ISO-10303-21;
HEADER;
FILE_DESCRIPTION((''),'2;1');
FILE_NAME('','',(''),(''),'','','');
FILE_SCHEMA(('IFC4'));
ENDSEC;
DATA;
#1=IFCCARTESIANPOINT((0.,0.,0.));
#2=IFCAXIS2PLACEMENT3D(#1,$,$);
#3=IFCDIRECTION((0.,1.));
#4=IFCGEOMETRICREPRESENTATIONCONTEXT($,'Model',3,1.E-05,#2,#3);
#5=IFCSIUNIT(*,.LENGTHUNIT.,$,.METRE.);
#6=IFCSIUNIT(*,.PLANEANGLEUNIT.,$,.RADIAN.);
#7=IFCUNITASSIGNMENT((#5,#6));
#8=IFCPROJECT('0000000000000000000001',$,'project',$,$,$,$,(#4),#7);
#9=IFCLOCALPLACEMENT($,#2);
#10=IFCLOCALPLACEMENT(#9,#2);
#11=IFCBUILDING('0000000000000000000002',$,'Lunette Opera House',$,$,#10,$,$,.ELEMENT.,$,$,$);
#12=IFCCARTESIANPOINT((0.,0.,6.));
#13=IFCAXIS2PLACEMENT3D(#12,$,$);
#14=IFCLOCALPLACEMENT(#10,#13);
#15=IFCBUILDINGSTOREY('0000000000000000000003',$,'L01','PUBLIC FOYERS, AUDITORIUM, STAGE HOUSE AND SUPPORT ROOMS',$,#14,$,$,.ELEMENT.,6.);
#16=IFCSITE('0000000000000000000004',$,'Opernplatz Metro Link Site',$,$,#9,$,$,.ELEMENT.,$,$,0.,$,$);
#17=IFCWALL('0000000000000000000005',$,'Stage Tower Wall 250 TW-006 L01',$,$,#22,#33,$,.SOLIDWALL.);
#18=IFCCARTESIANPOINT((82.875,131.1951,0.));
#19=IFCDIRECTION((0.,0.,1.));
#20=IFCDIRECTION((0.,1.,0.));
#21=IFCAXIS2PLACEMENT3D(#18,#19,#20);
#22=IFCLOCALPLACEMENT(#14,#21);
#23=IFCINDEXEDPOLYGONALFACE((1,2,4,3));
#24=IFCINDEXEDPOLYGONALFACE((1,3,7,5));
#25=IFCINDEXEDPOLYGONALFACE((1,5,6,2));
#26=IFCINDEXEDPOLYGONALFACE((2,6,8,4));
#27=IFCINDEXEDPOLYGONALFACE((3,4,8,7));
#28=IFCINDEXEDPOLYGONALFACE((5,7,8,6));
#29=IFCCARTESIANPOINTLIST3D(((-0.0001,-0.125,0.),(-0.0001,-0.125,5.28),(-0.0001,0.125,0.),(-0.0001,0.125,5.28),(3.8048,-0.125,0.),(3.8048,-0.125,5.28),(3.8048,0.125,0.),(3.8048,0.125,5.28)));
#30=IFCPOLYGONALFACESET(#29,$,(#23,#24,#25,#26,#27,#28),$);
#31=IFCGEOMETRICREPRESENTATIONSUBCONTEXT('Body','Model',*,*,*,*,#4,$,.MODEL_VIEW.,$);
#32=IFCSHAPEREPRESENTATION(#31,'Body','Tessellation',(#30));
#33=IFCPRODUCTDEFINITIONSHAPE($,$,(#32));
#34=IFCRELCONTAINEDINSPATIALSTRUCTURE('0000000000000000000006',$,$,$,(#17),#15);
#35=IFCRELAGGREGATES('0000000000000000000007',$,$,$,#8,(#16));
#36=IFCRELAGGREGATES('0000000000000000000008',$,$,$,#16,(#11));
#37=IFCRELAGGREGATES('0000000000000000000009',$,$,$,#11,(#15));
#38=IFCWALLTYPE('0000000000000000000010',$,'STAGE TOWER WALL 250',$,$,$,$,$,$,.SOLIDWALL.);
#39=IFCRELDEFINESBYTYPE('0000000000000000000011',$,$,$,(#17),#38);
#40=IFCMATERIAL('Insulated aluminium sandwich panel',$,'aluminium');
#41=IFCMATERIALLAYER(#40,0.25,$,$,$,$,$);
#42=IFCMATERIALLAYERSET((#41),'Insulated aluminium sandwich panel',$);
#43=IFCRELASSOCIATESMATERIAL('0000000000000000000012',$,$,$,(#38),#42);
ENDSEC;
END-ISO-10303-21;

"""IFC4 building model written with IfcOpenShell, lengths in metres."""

from ifc_helpers import new_model, si_unit, direction, frame, frame_2d, origin, place, context, subcontext, project, spatial, rectangle, extrude, material, layer, layer_set, type_object, element, save


model = new_model("IFC4")

# Units and contexts
model_context = context("Model", 3, precision=1e-05, world=origin(), true_north=direction((0.0, 1.0)))
body_context = subcontext(model_context, "Body", "Model", "MODEL_VIEW")
ifc_project = project(units=[si_unit("LENGTHUNIT", "METRE"), si_unit("PLANEANGLEUNIT", "RADIAN")], contexts=[model_context])

# Site, building, storey
site_placement = place(None, origin())
site = spatial("IfcSite", under=ifc_project, at=site_placement, Name="Opernplatz Metro Link Site", CompositionType="ELEMENT", RefElevation=0.0)
building_placement = place(site_placement, origin())
building = spatial("IfcBuilding", under=site, at=building_placement, Name="Lunette Opera House", CompositionType="ELEMENT")
storey_placement = place(building_placement, frame((0.0, 0.0, 6.0)))
storey = spatial("IfcBuildingStorey", under=building, at=storey_placement, Name="L01", Description="PUBLIC FOYERS, AUDITORIUM, STAGE HOUSE AND SUPPORT ROOMS", CompositionType="ELEMENT", Elevation=6.0)

# Shared definitions
ifc_material_1 = material(Name="Insulated aluminium sandwich panel", Category="aluminium")
ifc_layer_1 = layer(ifc_material_1, 0.25)
ifc_layer_set_1 = layer_set([ifc_layer_1], Name="Insulated aluminium sandwich panel")
wall_type_1 = type_object("IfcWallType", Name="STAGE TOWER WALL 250", PredefinedType="SOLIDWALL", material=ifc_layer_set_1)

# Wall
wall_1_placement = place(storey_placement, frame((82.875, 131.1951, 0.0), z_axis=(0.0, 0.0, 1.0), x_axis=(0.0, 1.0, 0.0)))
element("IfcWall", 1, at=wall_1_placement, inside=storey, type_object=wall_type_1, Name="Stage Tower Wall 250 TW-006 L01", PredefinedType="SOLIDWALL", context=body_context, shape_type="SweptSolid", body=[
    extrude(rectangle(XDim=3.8049, YDim=0.25, at=frame_2d((1.9023, 0.0))), origin(), (0.0, 0.0, 1.0), 5.28),
])

save(model, "model.ifc")
